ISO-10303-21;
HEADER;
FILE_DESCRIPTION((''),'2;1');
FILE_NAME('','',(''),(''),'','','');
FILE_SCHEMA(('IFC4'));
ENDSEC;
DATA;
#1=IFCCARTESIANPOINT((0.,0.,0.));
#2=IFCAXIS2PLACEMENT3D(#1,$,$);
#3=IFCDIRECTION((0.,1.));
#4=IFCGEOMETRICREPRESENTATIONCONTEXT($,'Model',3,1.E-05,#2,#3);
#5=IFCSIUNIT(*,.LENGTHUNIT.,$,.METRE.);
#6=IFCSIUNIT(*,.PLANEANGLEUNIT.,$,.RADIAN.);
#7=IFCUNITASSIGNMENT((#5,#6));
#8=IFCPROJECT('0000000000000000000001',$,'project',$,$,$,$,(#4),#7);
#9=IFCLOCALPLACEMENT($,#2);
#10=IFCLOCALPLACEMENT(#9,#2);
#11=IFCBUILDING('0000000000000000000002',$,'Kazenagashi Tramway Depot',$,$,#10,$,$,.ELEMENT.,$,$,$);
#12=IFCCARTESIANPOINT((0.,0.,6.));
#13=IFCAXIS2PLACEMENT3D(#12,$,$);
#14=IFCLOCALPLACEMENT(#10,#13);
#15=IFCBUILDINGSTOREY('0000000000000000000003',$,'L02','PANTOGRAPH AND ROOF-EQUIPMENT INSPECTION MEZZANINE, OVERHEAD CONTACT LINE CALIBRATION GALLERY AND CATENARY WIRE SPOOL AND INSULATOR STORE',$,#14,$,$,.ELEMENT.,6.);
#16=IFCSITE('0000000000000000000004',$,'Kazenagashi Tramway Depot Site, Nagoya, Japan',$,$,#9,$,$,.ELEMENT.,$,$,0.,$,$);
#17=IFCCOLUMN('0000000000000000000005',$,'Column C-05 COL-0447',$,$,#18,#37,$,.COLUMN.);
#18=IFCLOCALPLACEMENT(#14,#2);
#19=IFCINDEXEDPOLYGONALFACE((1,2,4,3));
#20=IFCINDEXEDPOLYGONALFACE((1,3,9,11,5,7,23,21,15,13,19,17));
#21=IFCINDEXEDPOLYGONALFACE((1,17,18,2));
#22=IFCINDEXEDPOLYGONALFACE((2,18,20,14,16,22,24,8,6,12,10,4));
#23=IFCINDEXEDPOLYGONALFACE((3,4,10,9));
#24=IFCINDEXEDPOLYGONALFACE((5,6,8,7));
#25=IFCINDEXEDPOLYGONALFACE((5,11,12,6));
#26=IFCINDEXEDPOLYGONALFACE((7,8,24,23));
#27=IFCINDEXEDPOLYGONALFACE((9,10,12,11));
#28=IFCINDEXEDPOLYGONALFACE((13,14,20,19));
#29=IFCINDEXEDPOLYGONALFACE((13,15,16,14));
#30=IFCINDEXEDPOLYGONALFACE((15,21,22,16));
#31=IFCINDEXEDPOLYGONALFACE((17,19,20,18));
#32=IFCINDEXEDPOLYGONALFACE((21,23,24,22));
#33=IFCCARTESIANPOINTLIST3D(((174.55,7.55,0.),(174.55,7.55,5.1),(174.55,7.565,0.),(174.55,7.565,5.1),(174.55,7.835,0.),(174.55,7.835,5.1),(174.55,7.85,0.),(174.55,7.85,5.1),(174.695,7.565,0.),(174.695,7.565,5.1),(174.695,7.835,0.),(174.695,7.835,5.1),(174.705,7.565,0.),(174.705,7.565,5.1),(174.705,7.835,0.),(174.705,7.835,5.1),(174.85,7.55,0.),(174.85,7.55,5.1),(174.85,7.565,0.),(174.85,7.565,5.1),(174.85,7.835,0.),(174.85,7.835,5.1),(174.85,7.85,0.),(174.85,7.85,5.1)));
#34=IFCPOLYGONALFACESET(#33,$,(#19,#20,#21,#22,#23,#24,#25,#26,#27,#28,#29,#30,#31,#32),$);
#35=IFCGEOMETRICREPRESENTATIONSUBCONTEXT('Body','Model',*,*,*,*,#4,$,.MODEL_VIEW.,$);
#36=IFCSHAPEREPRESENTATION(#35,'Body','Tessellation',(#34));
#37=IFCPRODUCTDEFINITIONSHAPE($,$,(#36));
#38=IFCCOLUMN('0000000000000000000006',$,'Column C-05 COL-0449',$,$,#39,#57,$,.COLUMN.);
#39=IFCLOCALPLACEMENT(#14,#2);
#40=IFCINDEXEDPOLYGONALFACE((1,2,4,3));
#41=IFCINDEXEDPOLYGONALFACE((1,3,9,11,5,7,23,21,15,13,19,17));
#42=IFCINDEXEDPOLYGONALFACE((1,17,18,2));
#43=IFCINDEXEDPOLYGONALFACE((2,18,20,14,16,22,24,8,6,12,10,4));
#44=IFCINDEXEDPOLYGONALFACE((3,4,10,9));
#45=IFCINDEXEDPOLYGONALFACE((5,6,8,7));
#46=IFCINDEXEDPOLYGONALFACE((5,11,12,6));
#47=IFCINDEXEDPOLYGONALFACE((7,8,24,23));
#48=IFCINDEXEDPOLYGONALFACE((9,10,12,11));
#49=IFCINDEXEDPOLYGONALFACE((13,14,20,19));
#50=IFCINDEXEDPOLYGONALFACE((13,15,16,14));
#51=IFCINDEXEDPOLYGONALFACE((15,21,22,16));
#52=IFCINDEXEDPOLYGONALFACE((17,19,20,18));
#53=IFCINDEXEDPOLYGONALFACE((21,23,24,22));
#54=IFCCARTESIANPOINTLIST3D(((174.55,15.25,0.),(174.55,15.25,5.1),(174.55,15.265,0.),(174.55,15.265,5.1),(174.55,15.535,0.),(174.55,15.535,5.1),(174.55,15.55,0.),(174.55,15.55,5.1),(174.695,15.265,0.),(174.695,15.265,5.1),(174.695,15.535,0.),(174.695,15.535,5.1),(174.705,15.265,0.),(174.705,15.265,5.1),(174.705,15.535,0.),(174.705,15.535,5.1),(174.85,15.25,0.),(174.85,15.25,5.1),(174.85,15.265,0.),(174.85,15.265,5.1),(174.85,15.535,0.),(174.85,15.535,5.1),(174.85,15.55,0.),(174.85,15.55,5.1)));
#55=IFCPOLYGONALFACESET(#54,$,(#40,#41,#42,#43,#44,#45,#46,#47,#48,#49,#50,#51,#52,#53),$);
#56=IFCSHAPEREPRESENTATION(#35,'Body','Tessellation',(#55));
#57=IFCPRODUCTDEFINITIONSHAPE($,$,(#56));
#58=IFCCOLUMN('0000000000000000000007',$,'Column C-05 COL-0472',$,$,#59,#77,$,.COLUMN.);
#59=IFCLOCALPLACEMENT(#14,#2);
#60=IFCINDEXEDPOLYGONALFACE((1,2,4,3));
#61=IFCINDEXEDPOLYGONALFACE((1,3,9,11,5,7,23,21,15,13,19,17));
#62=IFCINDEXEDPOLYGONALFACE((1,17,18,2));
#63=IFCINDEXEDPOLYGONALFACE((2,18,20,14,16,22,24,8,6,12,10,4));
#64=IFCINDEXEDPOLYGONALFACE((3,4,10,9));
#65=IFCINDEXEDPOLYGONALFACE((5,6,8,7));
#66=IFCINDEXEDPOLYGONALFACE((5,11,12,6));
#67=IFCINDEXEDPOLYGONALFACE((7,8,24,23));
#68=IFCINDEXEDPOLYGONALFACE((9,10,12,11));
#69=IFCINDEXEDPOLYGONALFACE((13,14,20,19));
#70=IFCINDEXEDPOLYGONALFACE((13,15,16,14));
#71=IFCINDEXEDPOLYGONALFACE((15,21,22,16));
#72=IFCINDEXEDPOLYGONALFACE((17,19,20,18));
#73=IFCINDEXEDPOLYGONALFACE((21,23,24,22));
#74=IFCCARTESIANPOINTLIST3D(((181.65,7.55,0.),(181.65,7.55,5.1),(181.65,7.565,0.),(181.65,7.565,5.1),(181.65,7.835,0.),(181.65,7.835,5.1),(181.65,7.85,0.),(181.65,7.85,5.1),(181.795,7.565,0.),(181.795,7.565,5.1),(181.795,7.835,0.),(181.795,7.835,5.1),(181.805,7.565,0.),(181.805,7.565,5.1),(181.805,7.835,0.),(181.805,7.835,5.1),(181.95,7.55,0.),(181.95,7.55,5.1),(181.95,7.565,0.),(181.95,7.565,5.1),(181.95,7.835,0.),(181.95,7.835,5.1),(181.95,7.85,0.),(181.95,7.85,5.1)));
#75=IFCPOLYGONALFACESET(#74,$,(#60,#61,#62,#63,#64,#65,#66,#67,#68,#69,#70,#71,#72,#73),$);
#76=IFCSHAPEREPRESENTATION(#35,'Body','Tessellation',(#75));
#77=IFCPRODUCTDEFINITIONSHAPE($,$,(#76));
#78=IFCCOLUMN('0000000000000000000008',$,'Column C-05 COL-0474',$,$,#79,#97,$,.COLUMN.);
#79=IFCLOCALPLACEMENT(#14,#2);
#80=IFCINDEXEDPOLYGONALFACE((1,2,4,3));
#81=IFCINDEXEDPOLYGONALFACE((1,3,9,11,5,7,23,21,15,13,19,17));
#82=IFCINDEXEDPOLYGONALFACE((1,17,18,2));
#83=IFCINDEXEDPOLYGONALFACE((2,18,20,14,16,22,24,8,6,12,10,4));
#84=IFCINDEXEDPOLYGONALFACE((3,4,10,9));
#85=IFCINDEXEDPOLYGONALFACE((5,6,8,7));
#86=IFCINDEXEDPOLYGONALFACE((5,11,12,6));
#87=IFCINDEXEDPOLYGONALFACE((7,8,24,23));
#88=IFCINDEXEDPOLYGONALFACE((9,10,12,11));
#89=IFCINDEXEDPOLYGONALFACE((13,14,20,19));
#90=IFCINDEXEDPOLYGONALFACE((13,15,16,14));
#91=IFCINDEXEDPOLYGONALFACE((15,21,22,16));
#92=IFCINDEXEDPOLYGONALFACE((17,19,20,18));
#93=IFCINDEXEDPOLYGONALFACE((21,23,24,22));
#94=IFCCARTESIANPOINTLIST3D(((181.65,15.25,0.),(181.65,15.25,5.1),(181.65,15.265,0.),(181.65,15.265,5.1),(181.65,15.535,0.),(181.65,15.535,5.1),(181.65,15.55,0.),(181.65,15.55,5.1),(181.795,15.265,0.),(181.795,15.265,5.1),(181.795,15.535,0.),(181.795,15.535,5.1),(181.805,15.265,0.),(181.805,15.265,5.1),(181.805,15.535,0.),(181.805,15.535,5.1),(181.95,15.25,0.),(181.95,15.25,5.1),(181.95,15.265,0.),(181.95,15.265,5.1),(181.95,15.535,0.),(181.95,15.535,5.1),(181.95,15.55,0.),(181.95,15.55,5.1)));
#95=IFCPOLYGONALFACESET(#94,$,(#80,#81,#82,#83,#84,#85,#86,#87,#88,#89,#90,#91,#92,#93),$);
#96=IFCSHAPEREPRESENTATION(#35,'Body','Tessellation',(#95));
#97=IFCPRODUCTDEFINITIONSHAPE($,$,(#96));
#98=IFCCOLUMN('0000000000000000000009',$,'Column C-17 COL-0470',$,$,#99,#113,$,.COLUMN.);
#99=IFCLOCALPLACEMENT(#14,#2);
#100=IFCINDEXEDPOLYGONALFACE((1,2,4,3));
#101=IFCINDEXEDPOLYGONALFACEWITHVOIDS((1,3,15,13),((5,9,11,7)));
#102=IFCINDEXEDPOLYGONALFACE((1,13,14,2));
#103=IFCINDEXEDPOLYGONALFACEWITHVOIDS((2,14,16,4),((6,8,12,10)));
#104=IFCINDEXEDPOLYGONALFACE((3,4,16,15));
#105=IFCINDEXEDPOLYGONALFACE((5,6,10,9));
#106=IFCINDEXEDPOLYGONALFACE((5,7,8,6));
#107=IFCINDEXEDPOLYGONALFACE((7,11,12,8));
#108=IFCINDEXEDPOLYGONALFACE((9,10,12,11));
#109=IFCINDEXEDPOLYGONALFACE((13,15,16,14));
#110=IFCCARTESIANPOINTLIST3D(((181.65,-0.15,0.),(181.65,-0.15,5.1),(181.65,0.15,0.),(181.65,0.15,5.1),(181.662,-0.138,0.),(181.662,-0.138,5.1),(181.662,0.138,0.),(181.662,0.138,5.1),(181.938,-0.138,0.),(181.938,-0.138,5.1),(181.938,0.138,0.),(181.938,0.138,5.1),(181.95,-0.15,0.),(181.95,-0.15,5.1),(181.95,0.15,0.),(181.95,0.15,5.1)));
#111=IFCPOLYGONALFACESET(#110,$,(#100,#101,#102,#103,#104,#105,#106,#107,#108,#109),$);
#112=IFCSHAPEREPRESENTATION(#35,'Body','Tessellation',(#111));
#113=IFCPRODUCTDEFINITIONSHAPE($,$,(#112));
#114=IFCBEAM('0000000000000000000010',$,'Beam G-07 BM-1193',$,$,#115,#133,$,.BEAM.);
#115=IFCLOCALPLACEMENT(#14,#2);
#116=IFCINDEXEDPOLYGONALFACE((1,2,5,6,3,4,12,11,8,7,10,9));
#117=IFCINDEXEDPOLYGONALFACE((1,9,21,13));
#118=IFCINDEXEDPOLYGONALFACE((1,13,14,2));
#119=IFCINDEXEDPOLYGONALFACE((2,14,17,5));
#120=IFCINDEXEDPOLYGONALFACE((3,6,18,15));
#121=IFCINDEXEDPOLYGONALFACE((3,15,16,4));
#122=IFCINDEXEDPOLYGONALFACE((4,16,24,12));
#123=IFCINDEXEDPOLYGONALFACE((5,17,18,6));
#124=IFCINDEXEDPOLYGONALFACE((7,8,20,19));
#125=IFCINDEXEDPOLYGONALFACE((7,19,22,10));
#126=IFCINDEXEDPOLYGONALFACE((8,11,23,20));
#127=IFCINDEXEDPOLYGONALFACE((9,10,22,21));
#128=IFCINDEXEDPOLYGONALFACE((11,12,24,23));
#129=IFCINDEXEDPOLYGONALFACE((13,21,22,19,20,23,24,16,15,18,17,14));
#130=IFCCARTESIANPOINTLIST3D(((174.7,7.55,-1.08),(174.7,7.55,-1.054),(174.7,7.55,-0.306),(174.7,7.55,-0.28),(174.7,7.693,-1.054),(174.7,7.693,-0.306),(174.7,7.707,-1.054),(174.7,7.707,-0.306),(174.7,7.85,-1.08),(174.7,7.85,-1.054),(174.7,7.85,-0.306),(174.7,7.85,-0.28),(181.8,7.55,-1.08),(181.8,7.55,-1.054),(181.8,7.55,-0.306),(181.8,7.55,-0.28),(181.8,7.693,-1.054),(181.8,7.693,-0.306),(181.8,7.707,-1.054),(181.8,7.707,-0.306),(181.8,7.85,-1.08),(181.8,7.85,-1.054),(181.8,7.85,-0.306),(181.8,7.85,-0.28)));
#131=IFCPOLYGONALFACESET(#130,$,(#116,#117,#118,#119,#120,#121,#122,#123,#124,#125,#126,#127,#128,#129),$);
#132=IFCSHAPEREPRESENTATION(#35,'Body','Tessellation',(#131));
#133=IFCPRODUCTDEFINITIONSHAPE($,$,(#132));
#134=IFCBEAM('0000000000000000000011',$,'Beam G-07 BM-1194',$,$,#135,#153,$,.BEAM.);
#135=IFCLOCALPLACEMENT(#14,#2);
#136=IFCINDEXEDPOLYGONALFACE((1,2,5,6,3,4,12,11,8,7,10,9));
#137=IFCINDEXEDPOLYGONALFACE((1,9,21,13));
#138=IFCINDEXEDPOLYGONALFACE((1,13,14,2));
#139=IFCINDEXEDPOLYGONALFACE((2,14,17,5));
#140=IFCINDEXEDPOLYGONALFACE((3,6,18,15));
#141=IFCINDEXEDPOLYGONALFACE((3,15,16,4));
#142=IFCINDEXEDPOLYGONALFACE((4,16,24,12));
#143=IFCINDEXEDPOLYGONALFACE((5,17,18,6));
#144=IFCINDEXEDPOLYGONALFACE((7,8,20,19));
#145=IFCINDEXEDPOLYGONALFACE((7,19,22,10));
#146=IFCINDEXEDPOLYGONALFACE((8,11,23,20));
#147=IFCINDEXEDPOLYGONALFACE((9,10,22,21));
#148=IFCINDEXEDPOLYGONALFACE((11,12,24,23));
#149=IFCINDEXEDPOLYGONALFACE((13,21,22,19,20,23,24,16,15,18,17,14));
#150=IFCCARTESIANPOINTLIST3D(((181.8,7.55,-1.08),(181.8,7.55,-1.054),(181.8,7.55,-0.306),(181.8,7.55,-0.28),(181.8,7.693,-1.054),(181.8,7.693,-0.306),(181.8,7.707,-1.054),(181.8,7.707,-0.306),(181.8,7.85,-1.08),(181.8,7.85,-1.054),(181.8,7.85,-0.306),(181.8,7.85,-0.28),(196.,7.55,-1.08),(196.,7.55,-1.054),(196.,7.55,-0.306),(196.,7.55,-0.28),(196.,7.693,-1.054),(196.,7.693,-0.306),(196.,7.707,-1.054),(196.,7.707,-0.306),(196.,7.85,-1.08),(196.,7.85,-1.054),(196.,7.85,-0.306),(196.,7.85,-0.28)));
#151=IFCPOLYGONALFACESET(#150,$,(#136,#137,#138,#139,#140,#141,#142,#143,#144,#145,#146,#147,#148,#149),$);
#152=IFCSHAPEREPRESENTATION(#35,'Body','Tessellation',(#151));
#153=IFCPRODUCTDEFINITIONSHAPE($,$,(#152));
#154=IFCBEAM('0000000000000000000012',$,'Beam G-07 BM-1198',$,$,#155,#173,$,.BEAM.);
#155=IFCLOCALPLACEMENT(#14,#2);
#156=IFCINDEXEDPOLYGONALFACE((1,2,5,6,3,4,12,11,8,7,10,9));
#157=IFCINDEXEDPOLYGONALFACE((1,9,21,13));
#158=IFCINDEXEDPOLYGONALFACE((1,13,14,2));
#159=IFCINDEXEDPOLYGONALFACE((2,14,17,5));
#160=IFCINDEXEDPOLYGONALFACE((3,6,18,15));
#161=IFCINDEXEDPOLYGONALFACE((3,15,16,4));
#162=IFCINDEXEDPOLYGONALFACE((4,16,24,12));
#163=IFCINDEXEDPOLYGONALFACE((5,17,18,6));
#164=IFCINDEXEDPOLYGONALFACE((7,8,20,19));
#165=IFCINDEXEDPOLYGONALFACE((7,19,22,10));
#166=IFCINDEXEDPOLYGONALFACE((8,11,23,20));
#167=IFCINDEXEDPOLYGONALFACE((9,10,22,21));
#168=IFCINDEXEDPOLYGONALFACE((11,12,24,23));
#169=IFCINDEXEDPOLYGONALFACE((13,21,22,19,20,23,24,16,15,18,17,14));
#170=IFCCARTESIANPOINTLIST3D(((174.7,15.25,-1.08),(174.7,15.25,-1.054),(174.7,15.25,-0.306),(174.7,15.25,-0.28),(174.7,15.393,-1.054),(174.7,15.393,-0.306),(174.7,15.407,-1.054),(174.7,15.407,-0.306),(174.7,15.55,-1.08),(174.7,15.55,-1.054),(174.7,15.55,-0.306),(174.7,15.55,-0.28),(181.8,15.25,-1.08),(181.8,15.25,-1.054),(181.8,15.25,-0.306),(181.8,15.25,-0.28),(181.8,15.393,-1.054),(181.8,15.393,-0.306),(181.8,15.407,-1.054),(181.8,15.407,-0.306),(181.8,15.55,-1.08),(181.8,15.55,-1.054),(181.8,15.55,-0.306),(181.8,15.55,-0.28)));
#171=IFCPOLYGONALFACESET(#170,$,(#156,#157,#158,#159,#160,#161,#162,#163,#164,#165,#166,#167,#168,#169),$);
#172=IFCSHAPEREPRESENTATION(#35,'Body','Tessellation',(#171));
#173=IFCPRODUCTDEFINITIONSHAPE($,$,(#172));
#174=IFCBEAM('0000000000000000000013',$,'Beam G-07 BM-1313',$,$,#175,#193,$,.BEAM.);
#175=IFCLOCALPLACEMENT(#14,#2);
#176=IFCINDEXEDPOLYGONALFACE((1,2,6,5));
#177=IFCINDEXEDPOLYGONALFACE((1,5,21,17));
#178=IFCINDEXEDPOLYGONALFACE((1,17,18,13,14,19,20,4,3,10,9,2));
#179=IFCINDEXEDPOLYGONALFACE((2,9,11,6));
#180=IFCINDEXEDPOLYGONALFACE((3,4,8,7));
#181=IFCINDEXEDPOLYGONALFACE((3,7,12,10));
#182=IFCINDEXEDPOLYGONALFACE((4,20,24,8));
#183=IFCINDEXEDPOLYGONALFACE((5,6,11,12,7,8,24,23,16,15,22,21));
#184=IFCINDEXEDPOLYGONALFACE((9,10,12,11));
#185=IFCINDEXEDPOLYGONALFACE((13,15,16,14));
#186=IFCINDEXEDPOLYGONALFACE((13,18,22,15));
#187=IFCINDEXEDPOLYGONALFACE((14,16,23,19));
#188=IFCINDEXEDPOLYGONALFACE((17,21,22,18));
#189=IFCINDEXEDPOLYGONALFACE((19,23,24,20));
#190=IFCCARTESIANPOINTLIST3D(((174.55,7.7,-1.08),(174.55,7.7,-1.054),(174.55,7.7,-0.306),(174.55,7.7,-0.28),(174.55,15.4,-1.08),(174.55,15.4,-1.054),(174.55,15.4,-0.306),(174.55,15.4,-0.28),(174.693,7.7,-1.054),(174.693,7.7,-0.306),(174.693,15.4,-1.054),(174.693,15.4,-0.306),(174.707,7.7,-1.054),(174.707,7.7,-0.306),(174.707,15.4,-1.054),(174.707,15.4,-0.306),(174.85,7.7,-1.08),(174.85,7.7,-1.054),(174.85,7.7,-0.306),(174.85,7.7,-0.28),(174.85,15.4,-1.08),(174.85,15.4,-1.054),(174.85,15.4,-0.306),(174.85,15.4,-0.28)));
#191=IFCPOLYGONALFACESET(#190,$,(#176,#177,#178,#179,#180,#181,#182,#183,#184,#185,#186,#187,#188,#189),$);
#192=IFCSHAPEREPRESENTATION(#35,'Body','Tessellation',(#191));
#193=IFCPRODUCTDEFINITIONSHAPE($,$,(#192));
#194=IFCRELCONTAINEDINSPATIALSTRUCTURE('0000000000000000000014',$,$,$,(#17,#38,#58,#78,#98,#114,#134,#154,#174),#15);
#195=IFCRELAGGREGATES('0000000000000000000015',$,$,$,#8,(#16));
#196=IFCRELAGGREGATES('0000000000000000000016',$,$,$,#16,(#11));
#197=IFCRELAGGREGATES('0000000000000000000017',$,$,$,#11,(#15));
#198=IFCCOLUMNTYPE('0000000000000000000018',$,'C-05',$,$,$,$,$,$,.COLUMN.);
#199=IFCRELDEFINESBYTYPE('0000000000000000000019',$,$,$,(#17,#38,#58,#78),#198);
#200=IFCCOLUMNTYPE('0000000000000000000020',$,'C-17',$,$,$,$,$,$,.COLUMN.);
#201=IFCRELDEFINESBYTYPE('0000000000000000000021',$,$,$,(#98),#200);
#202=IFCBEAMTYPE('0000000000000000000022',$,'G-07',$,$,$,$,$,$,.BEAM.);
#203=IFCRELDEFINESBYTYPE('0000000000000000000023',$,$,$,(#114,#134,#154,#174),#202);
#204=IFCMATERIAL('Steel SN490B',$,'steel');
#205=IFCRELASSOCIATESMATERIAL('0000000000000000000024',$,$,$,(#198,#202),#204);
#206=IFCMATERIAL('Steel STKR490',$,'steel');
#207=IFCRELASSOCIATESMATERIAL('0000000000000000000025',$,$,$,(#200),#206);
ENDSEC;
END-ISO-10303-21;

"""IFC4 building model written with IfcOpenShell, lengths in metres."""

from ifc_helpers import new_model, si_unit, direction, frame, origin, origin_2d, place, context, subcontext, project, spatial, hollow_rectangle, i_section, extrude, material, material_profile, profile_set, type_object, element, save


model = new_model("IFC4")

# Units and contexts
model_context = context("Model", 3, precision=1e-05, world=origin(), true_north=direction((0.0, 1.0)))
body_context = subcontext(model_context, "Body", "Model", "MODEL_VIEW")
ifc_project = project(units=[si_unit("LENGTHUNIT", "METRE"), si_unit("PLANEANGLEUNIT", "RADIAN")], contexts=[model_context])

# Site, building, storey
site_placement = place(None, origin())
site = spatial("IfcSite", under=ifc_project, at=site_placement, Name="Kazenagashi Tramway Depot Site, Nagoya, Japan", CompositionType="ELEMENT", RefElevation=0.0)
building_placement = place(site_placement, origin())
building = spatial("IfcBuilding", under=site, at=building_placement, Name="Kazenagashi Tramway Depot", CompositionType="ELEMENT")
storey_placement = place(building_placement, frame((0.0, 0.0, 6.0)))
storey = spatial("IfcBuildingStorey", under=building, at=storey_placement, Name="L02", Description="PANTOGRAPH AND ROOF-EQUIPMENT INSPECTION MEZZANINE, OVERHEAD CONTACT LINE CALIBRATION GALLERY AND CATENARY WIRE SPOOL AND INSULATOR STORE", CompositionType="ELEMENT", Elevation=6.0)

# Columns
ifc_material_1 = material(Name="Steel SN490B", Category="steel")
ifc_material_profile_1 = material_profile(ifc_material_1, i_section(OverallWidth=0.3, OverallDepth=0.3, WebThickness=0.01, FlangeThickness=0.015, at=origin_2d()), Name="H-300x300x10x15")
ifc_profile_set_1 = profile_set([ifc_material_profile_1], Name="Steel SN490B")
column_type_1 = type_object("IfcColumnType", Name="C-05", PredefinedType="COLUMN", material=ifc_profile_set_1)
for number, where, z_axis, x_axis, name in (
    (1, (174.7, 7.7, 0.0), (0.0, 0.0, 1.0), (1.0, 0.0, 0.0), "Column C-05 COL-0447"),
    (2, (174.7, 15.4, 0.0), (0.0, 0.0, 1.0), (1.0, 0.0, 0.0), "Column C-05 COL-0449"),
    (3, (181.8, 7.7, 0.0), (0.0, 0.0, 1.0), (1.0, 0.0, 0.0), "Column C-05 COL-0472"),
    (4, (181.8, 15.4, 0.0), (0.0, 0.0, 1.0), (1.0, 0.0, 0.0), "Column C-05 COL-0474"),
):
    element("IfcColumn", number, at=place(storey_placement, frame(where, z_axis=z_axis, x_axis=x_axis)), inside=storey, type_object=column_type_1, Name=name, PredefinedType="COLUMN", context=body_context, shape_type="SweptSolid", body=[
        extrude(i_section(OverallWidth=0.3, OverallDepth=0.3, WebThickness=0.01, FlangeThickness=0.015, at=origin_2d()), origin(), (0.0, 0.0, 1.0), 5.1),
    ])
ifc_material_2 = material(Name="Steel STKR490", Category="steel")
ifc_material_profile_2 = material_profile(ifc_material_2, hollow_rectangle(XDim=0.3, YDim=0.3, WallThickness=0.012, at=origin_2d()), Name="SHS-300x300x12")
ifc_profile_set_2 = profile_set([ifc_material_profile_2], Name="Steel STKR490")
column_type_2 = type_object("IfcColumnType", Name="C-17", PredefinedType="COLUMN", material=ifc_profile_set_2)
column_placement = place(storey_placement, frame((181.8, 0.0, 0.0), z_axis=(0.0, 0.0, 1.0), x_axis=(1.0, 0.0, 0.0)))
element("IfcColumn", 5, at=column_placement, inside=storey, type_object=column_type_2, Name="Column C-17 COL-0470", PredefinedType="COLUMN", context=body_context, shape_type="SweptSolid", body=[
    extrude(hollow_rectangle(XDim=0.3, YDim=0.3, WallThickness=0.012, at=origin_2d()), origin(), (0.0, 0.0, 1.0), 5.1),
])

# Beams
ifc_material_profile_3 = material_profile(ifc_material_1, i_section(OverallWidth=0.3, OverallDepth=0.8, WebThickness=0.014, FlangeThickness=0.026, at=origin_2d()), Name="H-800x300x14x26")
ifc_profile_set_3 = profile_set([ifc_material_profile_3], Name="Steel SN490B")
beam_type_1 = type_object("IfcBeamType", Name="G-07", PredefinedType="BEAM", material=ifc_profile_set_3)
beam_1_placement = place(storey_placement, frame((174.7, 7.7, -0.68), z_axis=(1.0, 0.0, 0.0), x_axis=(0.0, 1.0, 0.0)))
element("IfcBeam", 6, at=beam_1_placement, inside=storey, type_object=beam_type_1, Name="Beam G-07 BM-1193", PredefinedType="BEAM", context=body_context, shape_type="SweptSolid", body=[
    extrude(i_section(OverallWidth=0.3, OverallDepth=0.8, WebThickness=0.014, FlangeThickness=0.026, at=origin_2d()), origin(), (0.0, 0.0, 1.0), 7.1),
])
beam_2_placement = place(storey_placement, frame((181.8, 7.7, -0.68), z_axis=(1.0, 0.0, 0.0), x_axis=(0.0, 1.0, 0.0)))
element("IfcBeam", 7, at=beam_2_placement, inside=storey, type_object=beam_type_1, Name="Beam G-07 BM-1194", PredefinedType="BEAM", context=body_context, shape_type="SweptSolid", body=[
    extrude(i_section(OverallWidth=0.3, OverallDepth=0.8, WebThickness=0.014, FlangeThickness=0.026, at=origin_2d()), origin(), (0.0, 0.0, 1.0), 14.2),
])
beam_3_placement = place(storey_placement, frame((174.7, 15.4, -0.68), z_axis=(1.0, 0.0, 0.0), x_axis=(0.0, 1.0, 0.0)))
element("IfcBeam", 8, at=beam_3_placement, inside=storey, type_object=beam_type_1, Name="Beam G-07 BM-1198", PredefinedType="BEAM", context=body_context, shape_type="SweptSolid", body=[
    extrude(i_section(OverallWidth=0.3, OverallDepth=0.8, WebThickness=0.014, FlangeThickness=0.026, at=origin_2d()), origin(), (0.0, 0.0, 1.0), 7.1),
])
for number, where, z_axis, x_axis, name in (
    (9, (174.7, 7.7, -0.68), (0.0, 1.0, 0.0), (-1.0, 0.0, 0.0), "Beam G-07 BM-1313"),
):
    element("IfcBeam", number, at=place(storey_placement, frame(where, z_axis=z_axis, x_axis=x_axis)), inside=storey, type_object=beam_type_1, Name=name, PredefinedType="BEAM", context=body_context, shape_type="SweptSolid", body=[
        extrude(i_section(OverallWidth=0.3, OverallDepth=0.8, WebThickness=0.014, FlangeThickness=0.026, at=origin_2d()), origin(), (0.0, 0.0, 1.0), 7.7),
    ])

save(model, "model.ifc")
